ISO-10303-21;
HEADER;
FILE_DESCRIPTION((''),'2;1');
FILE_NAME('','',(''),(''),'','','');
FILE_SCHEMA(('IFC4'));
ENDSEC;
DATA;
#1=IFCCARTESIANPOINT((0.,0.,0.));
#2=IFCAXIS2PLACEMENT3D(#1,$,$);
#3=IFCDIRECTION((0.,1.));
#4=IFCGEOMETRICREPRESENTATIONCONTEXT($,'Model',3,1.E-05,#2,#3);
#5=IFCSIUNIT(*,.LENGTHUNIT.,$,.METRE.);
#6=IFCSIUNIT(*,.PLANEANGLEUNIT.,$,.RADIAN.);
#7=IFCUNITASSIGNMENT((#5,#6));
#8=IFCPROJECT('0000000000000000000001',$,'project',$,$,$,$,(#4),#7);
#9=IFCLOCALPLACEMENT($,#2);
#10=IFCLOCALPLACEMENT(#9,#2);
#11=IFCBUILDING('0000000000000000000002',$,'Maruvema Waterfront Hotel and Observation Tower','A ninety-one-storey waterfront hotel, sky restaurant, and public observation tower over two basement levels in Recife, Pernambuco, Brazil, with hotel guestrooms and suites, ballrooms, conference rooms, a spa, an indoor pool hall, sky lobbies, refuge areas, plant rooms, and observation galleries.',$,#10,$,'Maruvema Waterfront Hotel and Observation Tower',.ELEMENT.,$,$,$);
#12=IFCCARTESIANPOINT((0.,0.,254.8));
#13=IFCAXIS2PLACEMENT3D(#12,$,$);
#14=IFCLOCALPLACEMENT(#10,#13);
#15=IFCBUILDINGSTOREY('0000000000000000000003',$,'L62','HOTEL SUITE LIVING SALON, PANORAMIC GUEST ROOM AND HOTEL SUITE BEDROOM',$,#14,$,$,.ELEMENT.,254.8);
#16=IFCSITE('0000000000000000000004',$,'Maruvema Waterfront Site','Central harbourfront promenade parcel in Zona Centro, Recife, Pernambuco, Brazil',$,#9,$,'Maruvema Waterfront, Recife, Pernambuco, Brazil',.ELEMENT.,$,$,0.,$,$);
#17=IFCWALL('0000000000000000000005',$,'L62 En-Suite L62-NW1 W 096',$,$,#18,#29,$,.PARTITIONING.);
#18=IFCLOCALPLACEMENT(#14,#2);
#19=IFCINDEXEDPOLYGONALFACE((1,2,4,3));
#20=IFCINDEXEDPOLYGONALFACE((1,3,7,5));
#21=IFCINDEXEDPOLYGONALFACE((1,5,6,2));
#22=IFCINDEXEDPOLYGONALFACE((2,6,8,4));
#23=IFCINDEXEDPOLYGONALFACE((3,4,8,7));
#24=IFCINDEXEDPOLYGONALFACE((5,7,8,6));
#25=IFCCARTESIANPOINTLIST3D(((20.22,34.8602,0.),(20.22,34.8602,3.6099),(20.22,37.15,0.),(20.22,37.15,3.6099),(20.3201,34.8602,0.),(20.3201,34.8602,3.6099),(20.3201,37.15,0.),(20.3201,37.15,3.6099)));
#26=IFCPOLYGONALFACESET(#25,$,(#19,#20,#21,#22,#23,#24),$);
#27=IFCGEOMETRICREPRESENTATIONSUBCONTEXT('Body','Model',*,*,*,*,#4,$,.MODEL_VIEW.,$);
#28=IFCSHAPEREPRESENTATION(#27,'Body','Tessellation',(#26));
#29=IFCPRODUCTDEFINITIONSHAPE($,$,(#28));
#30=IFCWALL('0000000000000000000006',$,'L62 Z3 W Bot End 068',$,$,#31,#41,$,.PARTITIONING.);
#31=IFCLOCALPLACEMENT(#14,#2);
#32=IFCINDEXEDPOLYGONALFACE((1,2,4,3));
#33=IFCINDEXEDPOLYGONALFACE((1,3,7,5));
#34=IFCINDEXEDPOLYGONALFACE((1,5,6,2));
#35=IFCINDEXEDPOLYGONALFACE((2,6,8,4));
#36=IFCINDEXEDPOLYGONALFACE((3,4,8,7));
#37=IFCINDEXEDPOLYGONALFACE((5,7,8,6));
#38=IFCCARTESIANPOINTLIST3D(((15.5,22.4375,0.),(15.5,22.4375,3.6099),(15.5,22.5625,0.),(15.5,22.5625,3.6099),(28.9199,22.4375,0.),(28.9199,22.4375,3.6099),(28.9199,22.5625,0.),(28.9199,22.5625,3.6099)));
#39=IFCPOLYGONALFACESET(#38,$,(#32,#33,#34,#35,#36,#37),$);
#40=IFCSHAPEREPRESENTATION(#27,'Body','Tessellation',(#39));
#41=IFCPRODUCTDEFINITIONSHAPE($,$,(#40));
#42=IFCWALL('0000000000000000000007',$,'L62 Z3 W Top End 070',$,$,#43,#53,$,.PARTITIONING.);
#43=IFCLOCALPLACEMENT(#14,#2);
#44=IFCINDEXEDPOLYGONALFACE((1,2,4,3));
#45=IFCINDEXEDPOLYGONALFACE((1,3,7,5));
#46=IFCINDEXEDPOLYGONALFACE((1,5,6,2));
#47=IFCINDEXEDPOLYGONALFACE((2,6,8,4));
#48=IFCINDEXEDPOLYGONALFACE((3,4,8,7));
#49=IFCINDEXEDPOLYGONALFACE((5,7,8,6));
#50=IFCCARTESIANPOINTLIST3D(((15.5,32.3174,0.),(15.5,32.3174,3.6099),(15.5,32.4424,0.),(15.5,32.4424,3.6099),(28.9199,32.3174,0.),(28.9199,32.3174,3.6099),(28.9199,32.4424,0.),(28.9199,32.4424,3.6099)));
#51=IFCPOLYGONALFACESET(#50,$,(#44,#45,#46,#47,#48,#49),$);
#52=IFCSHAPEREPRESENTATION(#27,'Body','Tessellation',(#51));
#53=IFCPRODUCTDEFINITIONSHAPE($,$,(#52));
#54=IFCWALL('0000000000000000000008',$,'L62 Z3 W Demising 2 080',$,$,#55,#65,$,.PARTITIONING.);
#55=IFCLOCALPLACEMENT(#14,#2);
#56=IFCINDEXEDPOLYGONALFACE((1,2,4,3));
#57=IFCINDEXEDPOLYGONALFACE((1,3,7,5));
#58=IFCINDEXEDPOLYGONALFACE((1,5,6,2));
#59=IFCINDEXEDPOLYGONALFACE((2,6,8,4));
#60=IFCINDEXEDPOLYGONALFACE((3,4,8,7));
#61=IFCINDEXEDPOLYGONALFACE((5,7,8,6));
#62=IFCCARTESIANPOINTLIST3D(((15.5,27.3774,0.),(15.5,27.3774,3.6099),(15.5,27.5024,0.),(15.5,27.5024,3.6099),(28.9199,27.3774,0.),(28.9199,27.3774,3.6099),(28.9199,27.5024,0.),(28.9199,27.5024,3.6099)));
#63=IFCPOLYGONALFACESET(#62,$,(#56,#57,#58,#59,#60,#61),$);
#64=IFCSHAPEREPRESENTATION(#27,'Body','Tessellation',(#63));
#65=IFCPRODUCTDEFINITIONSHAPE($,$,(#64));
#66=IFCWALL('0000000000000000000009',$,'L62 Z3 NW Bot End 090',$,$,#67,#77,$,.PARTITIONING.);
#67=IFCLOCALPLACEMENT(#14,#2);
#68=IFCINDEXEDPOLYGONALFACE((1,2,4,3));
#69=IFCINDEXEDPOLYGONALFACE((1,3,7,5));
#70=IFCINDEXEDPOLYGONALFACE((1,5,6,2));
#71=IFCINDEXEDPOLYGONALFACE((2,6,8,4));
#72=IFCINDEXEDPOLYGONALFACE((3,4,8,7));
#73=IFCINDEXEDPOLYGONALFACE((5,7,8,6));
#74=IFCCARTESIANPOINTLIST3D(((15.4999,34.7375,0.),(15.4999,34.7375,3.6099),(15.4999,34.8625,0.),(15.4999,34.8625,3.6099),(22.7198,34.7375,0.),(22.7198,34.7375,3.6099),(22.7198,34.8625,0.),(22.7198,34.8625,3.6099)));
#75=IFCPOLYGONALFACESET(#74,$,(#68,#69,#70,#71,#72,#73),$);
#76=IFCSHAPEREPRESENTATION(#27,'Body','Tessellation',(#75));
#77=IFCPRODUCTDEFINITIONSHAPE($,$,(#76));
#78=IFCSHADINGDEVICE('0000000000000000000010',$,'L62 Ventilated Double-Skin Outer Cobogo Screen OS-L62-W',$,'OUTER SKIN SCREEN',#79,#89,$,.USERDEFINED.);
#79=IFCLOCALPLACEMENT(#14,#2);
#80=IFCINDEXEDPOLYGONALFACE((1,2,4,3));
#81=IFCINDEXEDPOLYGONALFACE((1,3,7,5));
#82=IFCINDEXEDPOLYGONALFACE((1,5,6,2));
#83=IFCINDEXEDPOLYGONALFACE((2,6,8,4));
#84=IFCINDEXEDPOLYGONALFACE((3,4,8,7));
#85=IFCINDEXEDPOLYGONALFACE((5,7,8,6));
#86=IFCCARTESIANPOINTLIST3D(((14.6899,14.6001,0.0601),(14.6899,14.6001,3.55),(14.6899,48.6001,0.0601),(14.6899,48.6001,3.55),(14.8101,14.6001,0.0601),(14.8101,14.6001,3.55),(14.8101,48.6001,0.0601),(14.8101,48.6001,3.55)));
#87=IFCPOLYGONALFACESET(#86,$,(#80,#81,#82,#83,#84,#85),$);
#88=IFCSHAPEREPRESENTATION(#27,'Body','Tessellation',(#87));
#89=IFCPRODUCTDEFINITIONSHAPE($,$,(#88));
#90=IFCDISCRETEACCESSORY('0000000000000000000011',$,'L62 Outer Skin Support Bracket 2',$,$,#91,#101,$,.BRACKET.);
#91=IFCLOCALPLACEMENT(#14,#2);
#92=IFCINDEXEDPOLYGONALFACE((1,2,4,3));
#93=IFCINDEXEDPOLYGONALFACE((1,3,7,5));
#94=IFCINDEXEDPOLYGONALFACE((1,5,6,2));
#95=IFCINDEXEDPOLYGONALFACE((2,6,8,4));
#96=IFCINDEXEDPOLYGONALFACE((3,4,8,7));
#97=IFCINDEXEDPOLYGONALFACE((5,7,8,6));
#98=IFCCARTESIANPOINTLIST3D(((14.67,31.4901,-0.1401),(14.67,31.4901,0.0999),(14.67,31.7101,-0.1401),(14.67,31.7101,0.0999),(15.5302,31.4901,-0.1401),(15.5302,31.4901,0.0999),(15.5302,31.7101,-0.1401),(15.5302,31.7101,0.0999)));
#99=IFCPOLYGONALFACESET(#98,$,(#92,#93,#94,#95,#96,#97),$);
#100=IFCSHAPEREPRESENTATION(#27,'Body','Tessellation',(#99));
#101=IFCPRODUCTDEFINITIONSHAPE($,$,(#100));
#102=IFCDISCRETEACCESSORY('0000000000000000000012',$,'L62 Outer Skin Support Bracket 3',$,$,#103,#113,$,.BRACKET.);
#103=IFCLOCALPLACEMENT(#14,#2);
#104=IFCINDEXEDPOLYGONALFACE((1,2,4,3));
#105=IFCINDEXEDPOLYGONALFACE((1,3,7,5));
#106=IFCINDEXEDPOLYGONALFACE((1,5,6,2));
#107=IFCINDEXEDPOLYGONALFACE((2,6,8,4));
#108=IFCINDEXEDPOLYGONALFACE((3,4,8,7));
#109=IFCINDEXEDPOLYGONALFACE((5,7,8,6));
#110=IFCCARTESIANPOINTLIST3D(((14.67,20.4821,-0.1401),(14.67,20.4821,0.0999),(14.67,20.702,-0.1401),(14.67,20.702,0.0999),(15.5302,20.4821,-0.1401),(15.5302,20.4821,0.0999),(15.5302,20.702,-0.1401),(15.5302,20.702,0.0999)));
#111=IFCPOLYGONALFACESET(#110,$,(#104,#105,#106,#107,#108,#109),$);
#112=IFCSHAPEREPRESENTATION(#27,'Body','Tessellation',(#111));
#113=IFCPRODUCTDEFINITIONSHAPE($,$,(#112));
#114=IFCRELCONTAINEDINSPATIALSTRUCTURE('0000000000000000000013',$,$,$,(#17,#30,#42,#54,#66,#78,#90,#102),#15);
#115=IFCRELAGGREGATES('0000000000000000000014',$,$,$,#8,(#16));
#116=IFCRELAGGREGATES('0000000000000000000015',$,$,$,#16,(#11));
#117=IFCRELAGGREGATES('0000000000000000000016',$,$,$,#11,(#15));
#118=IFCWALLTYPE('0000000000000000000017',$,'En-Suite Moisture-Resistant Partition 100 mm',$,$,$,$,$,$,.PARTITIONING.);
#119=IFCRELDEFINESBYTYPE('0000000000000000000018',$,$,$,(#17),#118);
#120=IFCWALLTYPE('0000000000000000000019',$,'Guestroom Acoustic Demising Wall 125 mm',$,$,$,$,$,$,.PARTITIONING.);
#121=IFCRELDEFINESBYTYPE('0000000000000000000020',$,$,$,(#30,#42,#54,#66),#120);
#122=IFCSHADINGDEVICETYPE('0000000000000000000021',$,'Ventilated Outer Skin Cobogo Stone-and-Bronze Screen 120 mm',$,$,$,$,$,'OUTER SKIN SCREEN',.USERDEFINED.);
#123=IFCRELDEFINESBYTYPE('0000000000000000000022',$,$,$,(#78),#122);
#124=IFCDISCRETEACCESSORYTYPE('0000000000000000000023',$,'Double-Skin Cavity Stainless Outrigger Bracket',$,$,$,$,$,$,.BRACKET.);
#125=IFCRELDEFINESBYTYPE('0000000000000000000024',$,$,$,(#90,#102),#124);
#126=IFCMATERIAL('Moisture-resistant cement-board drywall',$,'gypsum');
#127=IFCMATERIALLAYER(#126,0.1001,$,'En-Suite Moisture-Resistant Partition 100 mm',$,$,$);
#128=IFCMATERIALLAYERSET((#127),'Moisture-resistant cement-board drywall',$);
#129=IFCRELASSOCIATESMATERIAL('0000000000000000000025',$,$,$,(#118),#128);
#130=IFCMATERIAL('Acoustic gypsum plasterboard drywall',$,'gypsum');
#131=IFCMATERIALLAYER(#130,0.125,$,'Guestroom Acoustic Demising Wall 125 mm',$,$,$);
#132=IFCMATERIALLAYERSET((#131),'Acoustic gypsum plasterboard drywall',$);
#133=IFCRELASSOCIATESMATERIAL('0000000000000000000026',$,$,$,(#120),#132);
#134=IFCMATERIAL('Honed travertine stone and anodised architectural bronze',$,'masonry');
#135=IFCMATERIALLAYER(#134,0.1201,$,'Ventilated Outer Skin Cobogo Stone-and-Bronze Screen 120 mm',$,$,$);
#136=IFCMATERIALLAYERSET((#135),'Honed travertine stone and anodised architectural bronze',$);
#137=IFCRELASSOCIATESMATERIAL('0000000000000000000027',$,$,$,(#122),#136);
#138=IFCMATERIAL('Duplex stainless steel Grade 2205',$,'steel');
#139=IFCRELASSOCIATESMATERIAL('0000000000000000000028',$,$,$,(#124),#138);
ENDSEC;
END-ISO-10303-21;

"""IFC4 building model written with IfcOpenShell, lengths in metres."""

from ifc_helpers import new_model, si_unit, direction, frame, frame_2d, origin, origin_2d, place, context, subcontext, project, spatial, rectangle, extrude, material, layer, layer_set, type_object, element, save


model = new_model("IFC4")

# Units and contexts
model_context = context("Model", 3, precision=1e-05, world=origin(), true_north=direction((0.0, 1.0)))
body_context = subcontext(model_context, "Body", "Model", "MODEL_VIEW")
ifc_project = project(units=[si_unit("LENGTHUNIT", "METRE"), si_unit("PLANEANGLEUNIT", "RADIAN")], contexts=[model_context])

# Site, building, storey
site_placement = place(None, origin())
site = spatial("IfcSite", under=ifc_project, at=site_placement, Name="Maruvema Waterfront Site", Description="Central harbourfront promenade parcel in Zona Centro, Recife, Pernambuco, Brazil", LongName="Maruvema Waterfront, Recife, Pernambuco, Brazil", CompositionType="ELEMENT", RefElevation=0.0)
building_placement = place(site_placement, origin())
building = spatial("IfcBuilding", under=site, at=building_placement, Name="Maruvema Waterfront Hotel and Observation Tower", Description="A ninety-one-storey waterfront hotel, sky restaurant, and public observation tower over two basement levels in Recife, Pernambuco, Brazil, with hotel guestrooms and suites, ballrooms, conference rooms, a spa, an indoor pool hall, sky lobbies, refuge areas, plant rooms, and observation galleries.", LongName="Maruvema Waterfront Hotel and Observation Tower", CompositionType="ELEMENT")
storey_placement = place(building_placement, frame((0.0, 0.0, 254.8)))
storey = spatial("IfcBuildingStorey", under=building, at=storey_placement, Name="L62", Description="HOTEL SUITE LIVING SALON, PANORAMIC GUEST ROOM AND HOTEL SUITE BEDROOM", CompositionType="ELEMENT", Elevation=254.8)

# Walls
ifc_material_1 = material(Name="Moisture-resistant cement-board drywall", Category="gypsum")
ifc_layer_1 = layer(ifc_material_1, 0.1001, Name="En-Suite Moisture-Resistant Partition 100 mm")
ifc_layer_set_1 = layer_set([ifc_layer_1], Name="Moisture-resistant cement-board drywall")
wall_type_1 = type_object("IfcWallType", Name="En-Suite Moisture-Resistant Partition 100 mm", PredefinedType="PARTITIONING", material=ifc_layer_set_1)
wall_1_placement = place(storey_placement, frame((20.27, 34.8601, 0.0), z_axis=(0.0, 0.0, 1.0), x_axis=(0.0, 1.0, 0.0)))
element("IfcWall", 1, at=wall_1_placement, inside=storey, type_object=wall_type_1, Name="L62 En-Suite L62-NW1 W 096", PredefinedType="PARTITIONING", context=body_context, shape_type="SweptSolid", body=[
    extrude(rectangle(XDim=2.2898, YDim=0.1001, at=frame_2d((1.145, 0.0))), origin(), (0.0, 0.0, 1.0), 3.6099),
])
ifc_material_2 = material(Name="Acoustic gypsum plasterboard drywall", Category="gypsum")
ifc_layer_2 = layer(ifc_material_2, 0.125, Name="Guestroom Acoustic Demising Wall 125 mm")
ifc_layer_set_2 = layer_set([ifc_layer_2], Name="Acoustic gypsum plasterboard drywall")
wall_type_2 = type_object("IfcWallType", Name="Guestroom Acoustic Demising Wall 125 mm", PredefinedType="PARTITIONING", material=ifc_layer_set_2)
for number, where, z_axis, x_axis, name in (
    (2, (15.5, 22.5, 0.0), (0.0, 0.0, 1.0), (1.0, 0.0, 0.0), "L62 Z3 W Bot End 068"),
    (3, (15.5, 32.3799, 0.0), (0.0, 0.0, 1.0), (1.0, 0.0, 0.0), "L62 Z3 W Top End 070"),
    (4, (15.5, 27.4399, 0.0), (0.0, 0.0, 1.0), (1.0, 0.0, 0.0), "L62 Z3 W Demising 2 080"),
):
    element("IfcWall", number, at=place(storey_placement, frame(where, z_axis=z_axis, x_axis=x_axis)), inside=storey, type_object=wall_type_2, Name=name, PredefinedType="PARTITIONING", context=body_context, shape_type="SweptSolid", body=[
        extrude(rectangle(XDim=13.4199, YDim=0.125, at=frame_2d((6.71, 0.0))), origin(), (0.0, 0.0, 1.0), 3.6099),
    ])
wall_2_placement = place(storey_placement, frame((15.5, 34.8, 0.0), z_axis=(0.0, 0.0, 1.0), x_axis=(1.0, 0.0, 0.0)))
element("IfcWall", 5, at=wall_2_placement, inside=storey, type_object=wall_type_2, Name="L62 Z3 NW Bot End 090", PredefinedType="PARTITIONING", context=body_context, shape_type="SweptSolid", body=[
    extrude(rectangle(XDim=7.22, YDim=0.125, at=frame_2d((3.6099, 0.0))), origin(), (0.0, 0.0, 1.0), 3.6099),
])

# Shading device
ifc_material_3 = material(Name="Honed travertine stone and anodised architectural bronze", Category="masonry")
ifc_layer_3 = layer(ifc_material_3, 0.1201, Name="Ventilated Outer Skin Cobogo Stone-and-Bronze Screen 120 mm")
ifc_layer_set_3 = layer_set([ifc_layer_3], Name="Honed travertine stone and anodised architectural bronze")
shading_device_type = type_object("IfcShadingDeviceType", Name="Ventilated Outer Skin Cobogo Stone-and-Bronze Screen 120 mm", ElementType="OUTER SKIN SCREEN", PredefinedType="USERDEFINED", material=ifc_layer_set_3)
shading_device_placement = place(storey_placement, frame((14.75, 31.6001, 0.0601), z_axis=(0.0, 0.0, 1.0), x_axis=(0.0, -1.0, 0.0)))
element("IfcShadingDevice", 6, at=shading_device_placement, inside=storey, type_object=shading_device_type, Name="L62 Ventilated Double-Skin Outer Cobogo Screen OS-L62-W", ObjectType="OUTER SKIN SCREEN", PredefinedType="USERDEFINED", context=body_context, shape_type="SweptSolid", body=[
    extrude(rectangle(XDim=34.0, YDim=0.1201, at=origin_2d()), origin(), (0.0, 0.0, 1.0), 3.49),
])

# Discrete accessories
ifc_material_4 = material(Name="Duplex stainless steel Grade 2205", Category="steel")
discrete_accessory_type = type_object("IfcDiscreteAccessoryType", Name="Double-Skin Cavity Stainless Outrigger Bracket", PredefinedType="BRACKET", material=ifc_material_4)
for number, where, z_axis, x_axis, name in (
    (7, (15.1001, 31.6001, -0.1401), (0.0, 0.0, 1.0), (0.0, -1.0, 0.0), "L62 Outer Skin Support Bracket 2"),
    (8, (15.1001, 20.592, -0.1401), (0.0, 0.0, 1.0), (0.0, -1.0, 0.0), "L62 Outer Skin Support Bracket 3"),
):
    element("IfcDiscreteAccessory", number, at=place(storey_placement, frame(where, z_axis=z_axis, x_axis=x_axis)), inside=storey, type_object=discrete_accessory_type, Name=name, PredefinedType="BRACKET", context=body_context, shape_type="SweptSolid", body=[
        extrude(rectangle(XDim=0.22, YDim=0.8601, at=origin_2d()), origin(), (0.0, 0.0, 1.0), 0.24),
    ])

save(model, "model.ifc")
